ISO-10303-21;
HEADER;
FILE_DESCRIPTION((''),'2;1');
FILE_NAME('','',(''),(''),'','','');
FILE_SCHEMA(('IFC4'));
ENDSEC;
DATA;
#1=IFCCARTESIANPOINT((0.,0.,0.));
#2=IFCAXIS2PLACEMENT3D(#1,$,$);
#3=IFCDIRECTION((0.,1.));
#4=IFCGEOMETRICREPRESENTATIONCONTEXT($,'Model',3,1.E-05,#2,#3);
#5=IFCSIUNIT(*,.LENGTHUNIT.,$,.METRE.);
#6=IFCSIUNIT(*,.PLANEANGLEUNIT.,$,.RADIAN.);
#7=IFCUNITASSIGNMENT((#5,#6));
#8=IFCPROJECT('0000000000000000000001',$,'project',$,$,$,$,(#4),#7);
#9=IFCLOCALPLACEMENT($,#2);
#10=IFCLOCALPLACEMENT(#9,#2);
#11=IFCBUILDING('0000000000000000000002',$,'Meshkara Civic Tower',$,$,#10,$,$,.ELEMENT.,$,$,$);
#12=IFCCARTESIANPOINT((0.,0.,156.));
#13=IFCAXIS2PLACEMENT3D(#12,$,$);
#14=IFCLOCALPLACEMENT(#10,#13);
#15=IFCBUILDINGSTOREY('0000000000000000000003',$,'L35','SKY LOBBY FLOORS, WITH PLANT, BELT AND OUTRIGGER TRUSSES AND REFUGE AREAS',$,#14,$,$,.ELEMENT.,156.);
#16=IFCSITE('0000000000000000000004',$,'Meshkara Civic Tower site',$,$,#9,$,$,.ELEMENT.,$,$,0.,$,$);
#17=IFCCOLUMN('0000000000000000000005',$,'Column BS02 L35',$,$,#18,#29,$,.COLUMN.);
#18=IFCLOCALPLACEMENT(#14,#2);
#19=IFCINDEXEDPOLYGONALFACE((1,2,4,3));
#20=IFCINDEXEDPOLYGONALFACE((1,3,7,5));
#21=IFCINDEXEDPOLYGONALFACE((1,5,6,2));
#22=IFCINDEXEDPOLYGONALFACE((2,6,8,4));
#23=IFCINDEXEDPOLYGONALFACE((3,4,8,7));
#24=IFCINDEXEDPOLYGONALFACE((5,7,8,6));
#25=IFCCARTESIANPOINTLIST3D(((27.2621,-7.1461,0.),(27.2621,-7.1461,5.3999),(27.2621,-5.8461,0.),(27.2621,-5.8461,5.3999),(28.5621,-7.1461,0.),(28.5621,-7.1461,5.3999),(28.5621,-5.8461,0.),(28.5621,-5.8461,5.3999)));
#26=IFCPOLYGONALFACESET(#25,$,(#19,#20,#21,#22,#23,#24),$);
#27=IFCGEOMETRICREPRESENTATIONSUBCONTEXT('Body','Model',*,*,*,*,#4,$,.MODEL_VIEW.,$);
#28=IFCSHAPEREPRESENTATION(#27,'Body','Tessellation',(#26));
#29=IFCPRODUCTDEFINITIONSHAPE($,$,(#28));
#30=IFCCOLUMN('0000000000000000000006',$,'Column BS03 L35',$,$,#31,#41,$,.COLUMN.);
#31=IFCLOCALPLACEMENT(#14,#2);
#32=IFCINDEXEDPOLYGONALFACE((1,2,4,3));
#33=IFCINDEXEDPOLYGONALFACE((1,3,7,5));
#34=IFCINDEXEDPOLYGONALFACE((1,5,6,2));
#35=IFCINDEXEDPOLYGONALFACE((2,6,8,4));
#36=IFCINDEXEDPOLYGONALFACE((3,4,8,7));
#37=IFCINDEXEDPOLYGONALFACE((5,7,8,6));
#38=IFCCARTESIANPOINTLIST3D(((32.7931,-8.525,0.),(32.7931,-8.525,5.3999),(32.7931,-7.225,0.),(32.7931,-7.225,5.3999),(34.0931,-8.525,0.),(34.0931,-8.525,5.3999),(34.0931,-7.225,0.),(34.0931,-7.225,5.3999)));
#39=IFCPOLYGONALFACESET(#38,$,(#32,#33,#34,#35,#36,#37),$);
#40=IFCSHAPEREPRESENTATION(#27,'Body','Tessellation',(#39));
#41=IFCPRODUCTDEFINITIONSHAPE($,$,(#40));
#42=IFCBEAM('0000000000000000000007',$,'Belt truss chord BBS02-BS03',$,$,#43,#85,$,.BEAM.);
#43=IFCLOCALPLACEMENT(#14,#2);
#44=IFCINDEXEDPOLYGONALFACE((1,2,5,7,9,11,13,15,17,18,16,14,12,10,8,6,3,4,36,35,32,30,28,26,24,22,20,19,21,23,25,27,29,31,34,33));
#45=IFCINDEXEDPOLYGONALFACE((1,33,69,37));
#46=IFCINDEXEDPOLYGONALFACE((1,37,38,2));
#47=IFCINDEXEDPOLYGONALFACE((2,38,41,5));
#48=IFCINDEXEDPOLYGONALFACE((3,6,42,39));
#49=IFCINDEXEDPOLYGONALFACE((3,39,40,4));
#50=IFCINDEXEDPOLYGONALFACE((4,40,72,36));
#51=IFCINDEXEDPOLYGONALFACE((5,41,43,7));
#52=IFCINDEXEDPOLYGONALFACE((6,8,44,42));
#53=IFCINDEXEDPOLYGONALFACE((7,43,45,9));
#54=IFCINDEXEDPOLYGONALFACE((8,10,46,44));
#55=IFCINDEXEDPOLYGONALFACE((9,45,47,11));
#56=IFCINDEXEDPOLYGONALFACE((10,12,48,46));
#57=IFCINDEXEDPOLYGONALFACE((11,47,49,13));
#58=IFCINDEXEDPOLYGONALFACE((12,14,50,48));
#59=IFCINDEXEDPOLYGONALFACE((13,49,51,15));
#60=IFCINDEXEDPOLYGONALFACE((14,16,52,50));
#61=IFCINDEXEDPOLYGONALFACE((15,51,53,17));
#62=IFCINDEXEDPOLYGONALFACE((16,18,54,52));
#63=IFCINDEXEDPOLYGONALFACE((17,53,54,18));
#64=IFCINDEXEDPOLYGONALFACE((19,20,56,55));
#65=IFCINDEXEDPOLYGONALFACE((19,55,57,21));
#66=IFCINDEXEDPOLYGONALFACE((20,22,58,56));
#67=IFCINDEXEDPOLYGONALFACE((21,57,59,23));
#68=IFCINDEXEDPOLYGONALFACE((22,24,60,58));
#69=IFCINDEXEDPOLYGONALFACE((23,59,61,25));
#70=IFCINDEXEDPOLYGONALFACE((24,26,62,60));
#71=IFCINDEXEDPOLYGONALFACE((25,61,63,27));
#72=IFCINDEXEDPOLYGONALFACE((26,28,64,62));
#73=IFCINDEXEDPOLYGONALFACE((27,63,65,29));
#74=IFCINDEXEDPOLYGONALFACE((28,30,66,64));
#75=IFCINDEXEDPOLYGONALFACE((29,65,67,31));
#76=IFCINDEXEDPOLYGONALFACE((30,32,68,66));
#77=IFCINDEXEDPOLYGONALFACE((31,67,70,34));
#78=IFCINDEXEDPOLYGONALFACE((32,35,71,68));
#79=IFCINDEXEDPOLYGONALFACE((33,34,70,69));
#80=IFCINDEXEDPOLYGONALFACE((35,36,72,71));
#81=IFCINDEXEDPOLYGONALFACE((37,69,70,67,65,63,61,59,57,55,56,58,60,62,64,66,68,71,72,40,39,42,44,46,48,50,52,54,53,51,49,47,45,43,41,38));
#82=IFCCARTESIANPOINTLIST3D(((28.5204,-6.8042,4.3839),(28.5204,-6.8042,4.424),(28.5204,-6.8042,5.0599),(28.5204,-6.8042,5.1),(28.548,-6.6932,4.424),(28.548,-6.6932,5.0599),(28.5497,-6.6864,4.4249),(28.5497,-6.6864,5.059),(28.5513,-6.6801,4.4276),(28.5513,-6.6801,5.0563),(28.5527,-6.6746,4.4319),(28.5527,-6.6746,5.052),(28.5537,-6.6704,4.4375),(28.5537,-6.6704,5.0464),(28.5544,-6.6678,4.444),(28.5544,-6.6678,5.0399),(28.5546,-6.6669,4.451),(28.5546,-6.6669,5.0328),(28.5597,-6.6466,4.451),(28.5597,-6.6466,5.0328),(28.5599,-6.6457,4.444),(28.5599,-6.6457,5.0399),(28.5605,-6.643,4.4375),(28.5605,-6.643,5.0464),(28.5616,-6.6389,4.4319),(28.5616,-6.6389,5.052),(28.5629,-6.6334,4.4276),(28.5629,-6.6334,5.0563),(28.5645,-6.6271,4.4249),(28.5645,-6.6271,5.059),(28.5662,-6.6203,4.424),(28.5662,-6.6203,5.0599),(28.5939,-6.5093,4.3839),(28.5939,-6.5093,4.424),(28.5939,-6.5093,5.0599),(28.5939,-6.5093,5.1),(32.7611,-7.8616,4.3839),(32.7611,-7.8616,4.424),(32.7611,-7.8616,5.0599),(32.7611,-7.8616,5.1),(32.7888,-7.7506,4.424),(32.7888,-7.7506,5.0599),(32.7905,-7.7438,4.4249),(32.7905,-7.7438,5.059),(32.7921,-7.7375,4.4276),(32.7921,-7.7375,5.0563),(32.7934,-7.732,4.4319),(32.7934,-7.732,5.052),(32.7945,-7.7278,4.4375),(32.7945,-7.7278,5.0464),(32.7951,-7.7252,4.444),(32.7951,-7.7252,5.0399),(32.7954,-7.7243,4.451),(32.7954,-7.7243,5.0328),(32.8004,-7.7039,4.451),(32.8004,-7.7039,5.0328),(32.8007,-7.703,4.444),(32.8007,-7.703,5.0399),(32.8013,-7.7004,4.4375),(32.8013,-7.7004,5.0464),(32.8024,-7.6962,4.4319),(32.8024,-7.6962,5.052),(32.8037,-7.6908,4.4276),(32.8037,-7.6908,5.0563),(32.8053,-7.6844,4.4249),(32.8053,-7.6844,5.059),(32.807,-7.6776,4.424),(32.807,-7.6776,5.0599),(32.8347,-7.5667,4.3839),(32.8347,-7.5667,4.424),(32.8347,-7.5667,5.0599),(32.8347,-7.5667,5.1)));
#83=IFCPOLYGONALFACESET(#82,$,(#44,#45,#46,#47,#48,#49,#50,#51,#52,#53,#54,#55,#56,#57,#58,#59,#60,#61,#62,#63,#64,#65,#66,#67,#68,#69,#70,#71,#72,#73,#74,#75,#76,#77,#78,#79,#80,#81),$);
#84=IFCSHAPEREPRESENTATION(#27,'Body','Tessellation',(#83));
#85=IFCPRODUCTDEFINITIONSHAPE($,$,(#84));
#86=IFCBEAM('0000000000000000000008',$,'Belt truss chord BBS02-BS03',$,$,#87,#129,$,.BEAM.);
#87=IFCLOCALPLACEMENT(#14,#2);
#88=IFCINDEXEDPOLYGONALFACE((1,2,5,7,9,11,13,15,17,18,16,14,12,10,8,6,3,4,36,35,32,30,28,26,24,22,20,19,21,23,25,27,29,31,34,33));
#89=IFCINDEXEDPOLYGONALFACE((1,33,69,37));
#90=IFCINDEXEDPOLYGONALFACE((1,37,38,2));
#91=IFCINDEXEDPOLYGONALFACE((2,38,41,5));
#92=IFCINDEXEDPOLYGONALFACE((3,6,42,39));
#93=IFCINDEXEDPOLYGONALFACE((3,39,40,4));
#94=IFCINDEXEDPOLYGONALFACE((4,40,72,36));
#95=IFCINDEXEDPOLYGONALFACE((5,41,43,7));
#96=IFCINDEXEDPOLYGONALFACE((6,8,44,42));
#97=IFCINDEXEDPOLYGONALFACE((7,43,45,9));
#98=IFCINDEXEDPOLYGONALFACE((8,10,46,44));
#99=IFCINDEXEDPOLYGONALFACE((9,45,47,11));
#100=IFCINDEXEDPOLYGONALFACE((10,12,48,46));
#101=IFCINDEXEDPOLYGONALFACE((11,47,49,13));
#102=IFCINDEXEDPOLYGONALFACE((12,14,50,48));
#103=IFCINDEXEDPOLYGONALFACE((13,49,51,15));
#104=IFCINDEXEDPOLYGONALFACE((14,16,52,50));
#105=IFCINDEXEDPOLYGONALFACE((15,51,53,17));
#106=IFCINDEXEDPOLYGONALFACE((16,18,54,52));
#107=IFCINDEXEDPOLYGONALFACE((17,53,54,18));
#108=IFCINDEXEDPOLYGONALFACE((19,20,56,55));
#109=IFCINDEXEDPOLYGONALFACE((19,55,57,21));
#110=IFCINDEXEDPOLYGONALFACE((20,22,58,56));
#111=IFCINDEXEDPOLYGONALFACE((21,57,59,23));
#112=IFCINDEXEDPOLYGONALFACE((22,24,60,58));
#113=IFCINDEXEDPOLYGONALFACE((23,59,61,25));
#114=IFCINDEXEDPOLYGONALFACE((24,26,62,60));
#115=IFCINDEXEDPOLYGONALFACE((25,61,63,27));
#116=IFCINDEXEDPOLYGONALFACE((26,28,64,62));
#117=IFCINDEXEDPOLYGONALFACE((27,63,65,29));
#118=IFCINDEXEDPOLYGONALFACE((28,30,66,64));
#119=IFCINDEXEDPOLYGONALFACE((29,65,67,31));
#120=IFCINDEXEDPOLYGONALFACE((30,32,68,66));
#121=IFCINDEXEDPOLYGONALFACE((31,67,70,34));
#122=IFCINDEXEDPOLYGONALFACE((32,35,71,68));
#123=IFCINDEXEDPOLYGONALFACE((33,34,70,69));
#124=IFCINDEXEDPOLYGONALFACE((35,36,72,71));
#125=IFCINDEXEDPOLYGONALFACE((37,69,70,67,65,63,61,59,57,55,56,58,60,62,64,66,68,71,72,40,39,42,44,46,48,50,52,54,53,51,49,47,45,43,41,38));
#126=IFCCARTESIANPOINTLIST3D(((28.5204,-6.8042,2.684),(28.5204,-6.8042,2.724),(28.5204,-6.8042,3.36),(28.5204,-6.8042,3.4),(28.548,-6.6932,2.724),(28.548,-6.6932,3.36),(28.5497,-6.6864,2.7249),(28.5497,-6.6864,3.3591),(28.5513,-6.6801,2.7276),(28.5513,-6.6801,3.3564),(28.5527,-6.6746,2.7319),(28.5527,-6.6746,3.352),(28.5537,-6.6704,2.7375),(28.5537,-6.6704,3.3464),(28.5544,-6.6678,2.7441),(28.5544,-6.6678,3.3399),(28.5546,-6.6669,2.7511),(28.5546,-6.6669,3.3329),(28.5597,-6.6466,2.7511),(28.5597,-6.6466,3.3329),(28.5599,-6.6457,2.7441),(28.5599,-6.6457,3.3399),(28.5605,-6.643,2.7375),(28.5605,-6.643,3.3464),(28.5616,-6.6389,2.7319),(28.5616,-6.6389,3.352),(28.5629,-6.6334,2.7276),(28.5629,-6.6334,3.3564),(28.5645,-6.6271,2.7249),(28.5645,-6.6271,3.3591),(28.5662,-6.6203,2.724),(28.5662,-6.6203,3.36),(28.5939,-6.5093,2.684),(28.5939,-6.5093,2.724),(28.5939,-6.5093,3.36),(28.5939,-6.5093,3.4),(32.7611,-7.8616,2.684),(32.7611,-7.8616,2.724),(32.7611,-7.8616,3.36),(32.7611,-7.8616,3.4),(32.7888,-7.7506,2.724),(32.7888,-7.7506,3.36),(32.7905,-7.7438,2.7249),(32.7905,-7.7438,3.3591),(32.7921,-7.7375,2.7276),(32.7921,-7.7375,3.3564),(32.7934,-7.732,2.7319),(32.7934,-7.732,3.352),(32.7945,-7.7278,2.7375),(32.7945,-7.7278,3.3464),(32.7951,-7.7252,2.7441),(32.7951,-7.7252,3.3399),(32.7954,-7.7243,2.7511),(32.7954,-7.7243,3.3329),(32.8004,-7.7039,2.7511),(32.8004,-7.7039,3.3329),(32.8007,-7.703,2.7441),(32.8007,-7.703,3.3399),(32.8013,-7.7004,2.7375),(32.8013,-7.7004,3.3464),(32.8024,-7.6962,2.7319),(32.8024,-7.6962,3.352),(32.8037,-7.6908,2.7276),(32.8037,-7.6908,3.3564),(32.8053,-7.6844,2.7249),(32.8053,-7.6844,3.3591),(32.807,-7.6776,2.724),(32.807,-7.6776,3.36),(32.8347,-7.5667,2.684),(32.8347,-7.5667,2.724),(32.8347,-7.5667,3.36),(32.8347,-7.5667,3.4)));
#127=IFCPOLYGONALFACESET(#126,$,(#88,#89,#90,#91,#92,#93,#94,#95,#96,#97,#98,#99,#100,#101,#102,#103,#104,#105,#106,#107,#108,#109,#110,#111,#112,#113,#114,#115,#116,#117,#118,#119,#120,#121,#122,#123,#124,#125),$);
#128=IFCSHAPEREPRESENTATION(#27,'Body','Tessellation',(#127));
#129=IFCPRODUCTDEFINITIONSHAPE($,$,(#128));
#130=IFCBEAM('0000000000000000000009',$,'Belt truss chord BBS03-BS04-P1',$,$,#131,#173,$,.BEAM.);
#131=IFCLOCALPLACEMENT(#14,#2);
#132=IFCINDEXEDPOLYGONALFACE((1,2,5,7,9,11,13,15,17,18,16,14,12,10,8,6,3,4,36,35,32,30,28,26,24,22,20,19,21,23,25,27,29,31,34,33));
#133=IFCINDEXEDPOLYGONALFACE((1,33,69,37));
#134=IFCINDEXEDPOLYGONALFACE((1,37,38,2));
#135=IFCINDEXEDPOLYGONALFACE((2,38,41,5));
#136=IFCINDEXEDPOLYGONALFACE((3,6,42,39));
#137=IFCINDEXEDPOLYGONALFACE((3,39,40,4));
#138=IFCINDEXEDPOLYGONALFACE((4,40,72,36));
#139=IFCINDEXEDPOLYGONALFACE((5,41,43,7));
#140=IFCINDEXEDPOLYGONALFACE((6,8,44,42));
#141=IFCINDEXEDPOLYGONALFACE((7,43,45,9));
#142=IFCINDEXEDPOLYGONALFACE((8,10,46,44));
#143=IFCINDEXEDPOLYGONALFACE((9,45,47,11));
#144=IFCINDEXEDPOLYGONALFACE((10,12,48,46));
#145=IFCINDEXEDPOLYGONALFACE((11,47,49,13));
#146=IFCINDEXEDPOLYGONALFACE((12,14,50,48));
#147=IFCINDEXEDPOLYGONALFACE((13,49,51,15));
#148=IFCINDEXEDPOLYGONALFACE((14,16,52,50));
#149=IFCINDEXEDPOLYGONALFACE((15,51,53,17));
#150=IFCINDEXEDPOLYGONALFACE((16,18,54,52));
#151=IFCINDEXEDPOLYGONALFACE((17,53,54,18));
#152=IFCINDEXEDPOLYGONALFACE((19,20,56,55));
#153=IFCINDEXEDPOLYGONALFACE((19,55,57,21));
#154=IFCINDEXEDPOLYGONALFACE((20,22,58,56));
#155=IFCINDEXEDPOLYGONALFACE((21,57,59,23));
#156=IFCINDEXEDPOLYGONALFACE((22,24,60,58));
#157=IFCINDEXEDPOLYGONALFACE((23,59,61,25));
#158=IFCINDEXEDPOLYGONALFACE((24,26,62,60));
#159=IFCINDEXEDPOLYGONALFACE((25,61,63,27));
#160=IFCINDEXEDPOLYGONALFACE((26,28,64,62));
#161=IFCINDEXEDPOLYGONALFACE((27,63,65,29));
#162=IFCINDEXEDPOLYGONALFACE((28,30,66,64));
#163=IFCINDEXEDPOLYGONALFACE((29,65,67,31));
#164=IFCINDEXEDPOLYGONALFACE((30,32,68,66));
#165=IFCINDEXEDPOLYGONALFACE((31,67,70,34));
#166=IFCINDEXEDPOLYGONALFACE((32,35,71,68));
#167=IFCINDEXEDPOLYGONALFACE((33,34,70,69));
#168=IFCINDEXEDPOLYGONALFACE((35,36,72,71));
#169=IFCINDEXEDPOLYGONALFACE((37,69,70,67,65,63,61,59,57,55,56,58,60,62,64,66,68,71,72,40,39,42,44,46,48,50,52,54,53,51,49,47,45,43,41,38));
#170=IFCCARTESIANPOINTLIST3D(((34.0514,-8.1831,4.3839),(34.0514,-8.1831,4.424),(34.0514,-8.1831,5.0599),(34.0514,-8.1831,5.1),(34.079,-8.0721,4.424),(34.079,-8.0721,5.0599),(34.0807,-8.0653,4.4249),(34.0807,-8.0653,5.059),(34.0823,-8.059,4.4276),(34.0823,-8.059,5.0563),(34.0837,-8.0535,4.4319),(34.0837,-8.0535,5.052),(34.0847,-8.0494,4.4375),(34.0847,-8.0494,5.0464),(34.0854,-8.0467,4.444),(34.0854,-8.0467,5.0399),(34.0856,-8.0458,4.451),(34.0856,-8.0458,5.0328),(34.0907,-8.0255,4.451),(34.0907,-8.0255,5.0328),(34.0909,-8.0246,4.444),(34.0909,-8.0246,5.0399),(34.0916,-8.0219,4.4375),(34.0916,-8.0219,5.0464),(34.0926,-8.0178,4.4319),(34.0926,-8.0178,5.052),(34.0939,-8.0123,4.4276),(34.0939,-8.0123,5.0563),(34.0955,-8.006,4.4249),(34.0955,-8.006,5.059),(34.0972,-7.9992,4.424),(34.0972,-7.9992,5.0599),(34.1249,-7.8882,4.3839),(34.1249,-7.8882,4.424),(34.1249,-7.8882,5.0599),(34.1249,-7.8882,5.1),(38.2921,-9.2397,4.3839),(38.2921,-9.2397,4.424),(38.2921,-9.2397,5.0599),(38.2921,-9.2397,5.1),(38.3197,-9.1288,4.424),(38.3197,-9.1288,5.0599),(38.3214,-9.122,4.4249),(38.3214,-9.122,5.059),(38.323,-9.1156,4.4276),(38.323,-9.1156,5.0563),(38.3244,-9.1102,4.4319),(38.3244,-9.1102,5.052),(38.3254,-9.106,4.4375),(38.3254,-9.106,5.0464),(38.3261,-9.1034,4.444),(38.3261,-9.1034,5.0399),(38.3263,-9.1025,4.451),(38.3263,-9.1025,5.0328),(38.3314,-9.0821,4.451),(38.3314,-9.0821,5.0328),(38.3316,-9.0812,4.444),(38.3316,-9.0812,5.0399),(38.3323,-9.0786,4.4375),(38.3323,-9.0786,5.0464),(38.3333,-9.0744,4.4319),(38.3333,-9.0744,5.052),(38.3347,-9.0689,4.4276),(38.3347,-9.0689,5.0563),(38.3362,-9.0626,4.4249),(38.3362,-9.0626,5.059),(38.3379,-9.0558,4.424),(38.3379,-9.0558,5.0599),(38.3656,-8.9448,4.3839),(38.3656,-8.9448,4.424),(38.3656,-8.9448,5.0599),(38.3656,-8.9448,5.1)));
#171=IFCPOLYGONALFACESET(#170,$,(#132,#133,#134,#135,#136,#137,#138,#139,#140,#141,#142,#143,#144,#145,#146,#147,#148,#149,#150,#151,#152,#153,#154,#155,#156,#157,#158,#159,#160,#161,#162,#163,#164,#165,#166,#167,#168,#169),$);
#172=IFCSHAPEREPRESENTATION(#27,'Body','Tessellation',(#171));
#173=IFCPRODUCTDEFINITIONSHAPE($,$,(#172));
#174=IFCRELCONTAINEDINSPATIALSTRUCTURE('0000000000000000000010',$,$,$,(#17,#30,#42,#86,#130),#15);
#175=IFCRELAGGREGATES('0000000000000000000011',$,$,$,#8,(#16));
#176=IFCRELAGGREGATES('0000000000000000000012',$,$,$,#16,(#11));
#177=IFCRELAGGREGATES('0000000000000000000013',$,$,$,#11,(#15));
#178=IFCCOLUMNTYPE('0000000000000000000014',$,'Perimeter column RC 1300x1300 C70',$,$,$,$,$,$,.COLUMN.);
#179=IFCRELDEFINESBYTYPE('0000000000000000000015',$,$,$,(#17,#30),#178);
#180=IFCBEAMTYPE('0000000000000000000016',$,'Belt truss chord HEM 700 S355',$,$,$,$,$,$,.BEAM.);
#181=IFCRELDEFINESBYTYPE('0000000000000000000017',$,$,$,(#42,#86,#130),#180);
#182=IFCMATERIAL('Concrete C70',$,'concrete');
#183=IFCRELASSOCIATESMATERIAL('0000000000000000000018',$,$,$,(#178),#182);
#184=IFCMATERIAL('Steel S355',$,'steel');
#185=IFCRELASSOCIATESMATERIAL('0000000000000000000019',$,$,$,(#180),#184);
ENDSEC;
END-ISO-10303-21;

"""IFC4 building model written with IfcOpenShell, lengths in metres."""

from ifc_helpers import new_model, si_unit, direction, frame, origin, origin_2d, place, context, subcontext, project, spatial, rectangle, i_section, extrude, material, material_profile, profile_set, type_object, element, save


model = new_model("IFC4")

# Units and contexts
model_context = context("Model", 3, precision=1e-05, world=origin(), true_north=direction((0.0, 1.0)))
body_context = subcontext(model_context, "Body", "Model", "MODEL_VIEW")
ifc_project = project(units=[si_unit("LENGTHUNIT", "METRE"), si_unit("PLANEANGLEUNIT", "RADIAN")], contexts=[model_context])

# Site, building, storey
site_placement = place(None, origin())
site = spatial("IfcSite", under=ifc_project, at=site_placement, Name="Meshkara Civic Tower site", CompositionType="ELEMENT", RefElevation=0.0)
building_placement = place(site_placement, origin())
building = spatial("IfcBuilding", under=site, at=building_placement, Name="Meshkara Civic Tower", CompositionType="ELEMENT")
storey_placement = place(building_placement, frame((0.0, 0.0, 156.0)))
storey = spatial("IfcBuildingStorey", under=building, at=storey_placement, Name="L35", Description="SKY LOBBY FLOORS, WITH PLANT, BELT AND OUTRIGGER TRUSSES AND REFUGE AREAS", CompositionType="ELEMENT", Elevation=156.0)

# Columns
ifc_material_1 = material(Name="Concrete C70", Category="concrete")
ifc_material_profile_1 = material_profile(ifc_material_1, rectangle(XDim=1.3, YDim=1.3, at=origin_2d()))
ifc_profile_set_1 = profile_set([ifc_material_profile_1], Name="Concrete C70")
column_type = type_object("IfcColumnType", Name="Perimeter column RC 1300x1300 C70", PredefinedType="COLUMN", material=ifc_profile_set_1)
for number, where, z_axis, x_axis, name in (
    (1, (27.9121, -6.4961, 0.0), (0.0, 0.0, 1.0), (1.0, 0.0, 0.0), "Column BS02 L35"),
    (2, (33.4431, -7.875, 0.0), (0.0, 0.0, 1.0), (1.0, 0.0, 0.0), "Column BS03 L35"),
):
    element("IfcColumn", number, at=place(storey_placement, frame(where, z_axis=z_axis, x_axis=x_axis)), inside=storey, type_object=column_type, Name=name, PredefinedType="COLUMN", context=body_context, shape_type="SweptSolid", body=[
        extrude(rectangle(XDim=1.3, YDim=1.3, at=origin_2d()), origin(), (0.0, 0.0, 1.0), 5.3999),
    ])

# Beams
ifc_material_2 = material(Name="Steel S355", Category="steel")
ifc_material_profile_2 = material_profile(ifc_material_2, i_section(OverallWidth=0.304, OverallDepth=0.7161, WebThickness=0.021, FlangeThickness=0.04, FilletRadius=0.0271, at=origin_2d()))
ifc_profile_set_2 = profile_set([ifc_material_profile_2], Name="Steel S355")
beam_type = type_object("IfcBeamType", Name="Belt truss chord HEM 700 S355", PredefinedType="BEAM", material=ifc_profile_set_2)
for number, where, z_axis, x_axis, name in (
    (3, (28.5571, -6.6567, 4.7419), (0.970293, -0.241931, 0.0), (0.241931, 0.970293, 0.0), "Belt truss chord BBS02-BS03"),
    (4, (28.5571, -6.6567, 3.042), (0.970293, -0.241931, 0.0), (0.241931, 0.970293, 0.0), "Belt truss chord BBS02-BS03"),
):
    element("IfcBeam", number, at=place(storey_placement, frame(where, z_axis=z_axis, x_axis=x_axis)), inside=storey, type_object=beam_type, Name=name, PredefinedType="BEAM", context=body_context, shape_type="SweptSolid", body=[
        extrude(i_section(OverallWidth=0.304, OverallDepth=0.7161, WebThickness=0.021, FlangeThickness=0.04, FilletRadius=0.0271, at=origin_2d()), origin(), (0.0, 0.0, 1.0), 4.3706),
    ])
for number, where, z_axis, x_axis, name in (
    (5, (34.0881, -8.0356, 4.7419), (0.970333, -0.241773, 0.0), (0.241773, 0.970333, 0.0), "Belt truss chord BBS03-BS04-P1"),
):
    element("IfcBeam", number, at=place(storey_placement, frame(where, z_axis=z_axis, x_axis=x_axis)), inside=storey, type_object=beam_type, Name=name, PredefinedType="BEAM", context=body_context, shape_type="SweptSolid", body=[
        extrude(i_section(OverallWidth=0.304, OverallDepth=0.7161, WebThickness=0.021, FlangeThickness=0.04, FilletRadius=0.0271, at=origin_2d()), origin(), (0.0, 0.0, 1.0), 4.3704),
    ])

save(model, "model.ifc")
